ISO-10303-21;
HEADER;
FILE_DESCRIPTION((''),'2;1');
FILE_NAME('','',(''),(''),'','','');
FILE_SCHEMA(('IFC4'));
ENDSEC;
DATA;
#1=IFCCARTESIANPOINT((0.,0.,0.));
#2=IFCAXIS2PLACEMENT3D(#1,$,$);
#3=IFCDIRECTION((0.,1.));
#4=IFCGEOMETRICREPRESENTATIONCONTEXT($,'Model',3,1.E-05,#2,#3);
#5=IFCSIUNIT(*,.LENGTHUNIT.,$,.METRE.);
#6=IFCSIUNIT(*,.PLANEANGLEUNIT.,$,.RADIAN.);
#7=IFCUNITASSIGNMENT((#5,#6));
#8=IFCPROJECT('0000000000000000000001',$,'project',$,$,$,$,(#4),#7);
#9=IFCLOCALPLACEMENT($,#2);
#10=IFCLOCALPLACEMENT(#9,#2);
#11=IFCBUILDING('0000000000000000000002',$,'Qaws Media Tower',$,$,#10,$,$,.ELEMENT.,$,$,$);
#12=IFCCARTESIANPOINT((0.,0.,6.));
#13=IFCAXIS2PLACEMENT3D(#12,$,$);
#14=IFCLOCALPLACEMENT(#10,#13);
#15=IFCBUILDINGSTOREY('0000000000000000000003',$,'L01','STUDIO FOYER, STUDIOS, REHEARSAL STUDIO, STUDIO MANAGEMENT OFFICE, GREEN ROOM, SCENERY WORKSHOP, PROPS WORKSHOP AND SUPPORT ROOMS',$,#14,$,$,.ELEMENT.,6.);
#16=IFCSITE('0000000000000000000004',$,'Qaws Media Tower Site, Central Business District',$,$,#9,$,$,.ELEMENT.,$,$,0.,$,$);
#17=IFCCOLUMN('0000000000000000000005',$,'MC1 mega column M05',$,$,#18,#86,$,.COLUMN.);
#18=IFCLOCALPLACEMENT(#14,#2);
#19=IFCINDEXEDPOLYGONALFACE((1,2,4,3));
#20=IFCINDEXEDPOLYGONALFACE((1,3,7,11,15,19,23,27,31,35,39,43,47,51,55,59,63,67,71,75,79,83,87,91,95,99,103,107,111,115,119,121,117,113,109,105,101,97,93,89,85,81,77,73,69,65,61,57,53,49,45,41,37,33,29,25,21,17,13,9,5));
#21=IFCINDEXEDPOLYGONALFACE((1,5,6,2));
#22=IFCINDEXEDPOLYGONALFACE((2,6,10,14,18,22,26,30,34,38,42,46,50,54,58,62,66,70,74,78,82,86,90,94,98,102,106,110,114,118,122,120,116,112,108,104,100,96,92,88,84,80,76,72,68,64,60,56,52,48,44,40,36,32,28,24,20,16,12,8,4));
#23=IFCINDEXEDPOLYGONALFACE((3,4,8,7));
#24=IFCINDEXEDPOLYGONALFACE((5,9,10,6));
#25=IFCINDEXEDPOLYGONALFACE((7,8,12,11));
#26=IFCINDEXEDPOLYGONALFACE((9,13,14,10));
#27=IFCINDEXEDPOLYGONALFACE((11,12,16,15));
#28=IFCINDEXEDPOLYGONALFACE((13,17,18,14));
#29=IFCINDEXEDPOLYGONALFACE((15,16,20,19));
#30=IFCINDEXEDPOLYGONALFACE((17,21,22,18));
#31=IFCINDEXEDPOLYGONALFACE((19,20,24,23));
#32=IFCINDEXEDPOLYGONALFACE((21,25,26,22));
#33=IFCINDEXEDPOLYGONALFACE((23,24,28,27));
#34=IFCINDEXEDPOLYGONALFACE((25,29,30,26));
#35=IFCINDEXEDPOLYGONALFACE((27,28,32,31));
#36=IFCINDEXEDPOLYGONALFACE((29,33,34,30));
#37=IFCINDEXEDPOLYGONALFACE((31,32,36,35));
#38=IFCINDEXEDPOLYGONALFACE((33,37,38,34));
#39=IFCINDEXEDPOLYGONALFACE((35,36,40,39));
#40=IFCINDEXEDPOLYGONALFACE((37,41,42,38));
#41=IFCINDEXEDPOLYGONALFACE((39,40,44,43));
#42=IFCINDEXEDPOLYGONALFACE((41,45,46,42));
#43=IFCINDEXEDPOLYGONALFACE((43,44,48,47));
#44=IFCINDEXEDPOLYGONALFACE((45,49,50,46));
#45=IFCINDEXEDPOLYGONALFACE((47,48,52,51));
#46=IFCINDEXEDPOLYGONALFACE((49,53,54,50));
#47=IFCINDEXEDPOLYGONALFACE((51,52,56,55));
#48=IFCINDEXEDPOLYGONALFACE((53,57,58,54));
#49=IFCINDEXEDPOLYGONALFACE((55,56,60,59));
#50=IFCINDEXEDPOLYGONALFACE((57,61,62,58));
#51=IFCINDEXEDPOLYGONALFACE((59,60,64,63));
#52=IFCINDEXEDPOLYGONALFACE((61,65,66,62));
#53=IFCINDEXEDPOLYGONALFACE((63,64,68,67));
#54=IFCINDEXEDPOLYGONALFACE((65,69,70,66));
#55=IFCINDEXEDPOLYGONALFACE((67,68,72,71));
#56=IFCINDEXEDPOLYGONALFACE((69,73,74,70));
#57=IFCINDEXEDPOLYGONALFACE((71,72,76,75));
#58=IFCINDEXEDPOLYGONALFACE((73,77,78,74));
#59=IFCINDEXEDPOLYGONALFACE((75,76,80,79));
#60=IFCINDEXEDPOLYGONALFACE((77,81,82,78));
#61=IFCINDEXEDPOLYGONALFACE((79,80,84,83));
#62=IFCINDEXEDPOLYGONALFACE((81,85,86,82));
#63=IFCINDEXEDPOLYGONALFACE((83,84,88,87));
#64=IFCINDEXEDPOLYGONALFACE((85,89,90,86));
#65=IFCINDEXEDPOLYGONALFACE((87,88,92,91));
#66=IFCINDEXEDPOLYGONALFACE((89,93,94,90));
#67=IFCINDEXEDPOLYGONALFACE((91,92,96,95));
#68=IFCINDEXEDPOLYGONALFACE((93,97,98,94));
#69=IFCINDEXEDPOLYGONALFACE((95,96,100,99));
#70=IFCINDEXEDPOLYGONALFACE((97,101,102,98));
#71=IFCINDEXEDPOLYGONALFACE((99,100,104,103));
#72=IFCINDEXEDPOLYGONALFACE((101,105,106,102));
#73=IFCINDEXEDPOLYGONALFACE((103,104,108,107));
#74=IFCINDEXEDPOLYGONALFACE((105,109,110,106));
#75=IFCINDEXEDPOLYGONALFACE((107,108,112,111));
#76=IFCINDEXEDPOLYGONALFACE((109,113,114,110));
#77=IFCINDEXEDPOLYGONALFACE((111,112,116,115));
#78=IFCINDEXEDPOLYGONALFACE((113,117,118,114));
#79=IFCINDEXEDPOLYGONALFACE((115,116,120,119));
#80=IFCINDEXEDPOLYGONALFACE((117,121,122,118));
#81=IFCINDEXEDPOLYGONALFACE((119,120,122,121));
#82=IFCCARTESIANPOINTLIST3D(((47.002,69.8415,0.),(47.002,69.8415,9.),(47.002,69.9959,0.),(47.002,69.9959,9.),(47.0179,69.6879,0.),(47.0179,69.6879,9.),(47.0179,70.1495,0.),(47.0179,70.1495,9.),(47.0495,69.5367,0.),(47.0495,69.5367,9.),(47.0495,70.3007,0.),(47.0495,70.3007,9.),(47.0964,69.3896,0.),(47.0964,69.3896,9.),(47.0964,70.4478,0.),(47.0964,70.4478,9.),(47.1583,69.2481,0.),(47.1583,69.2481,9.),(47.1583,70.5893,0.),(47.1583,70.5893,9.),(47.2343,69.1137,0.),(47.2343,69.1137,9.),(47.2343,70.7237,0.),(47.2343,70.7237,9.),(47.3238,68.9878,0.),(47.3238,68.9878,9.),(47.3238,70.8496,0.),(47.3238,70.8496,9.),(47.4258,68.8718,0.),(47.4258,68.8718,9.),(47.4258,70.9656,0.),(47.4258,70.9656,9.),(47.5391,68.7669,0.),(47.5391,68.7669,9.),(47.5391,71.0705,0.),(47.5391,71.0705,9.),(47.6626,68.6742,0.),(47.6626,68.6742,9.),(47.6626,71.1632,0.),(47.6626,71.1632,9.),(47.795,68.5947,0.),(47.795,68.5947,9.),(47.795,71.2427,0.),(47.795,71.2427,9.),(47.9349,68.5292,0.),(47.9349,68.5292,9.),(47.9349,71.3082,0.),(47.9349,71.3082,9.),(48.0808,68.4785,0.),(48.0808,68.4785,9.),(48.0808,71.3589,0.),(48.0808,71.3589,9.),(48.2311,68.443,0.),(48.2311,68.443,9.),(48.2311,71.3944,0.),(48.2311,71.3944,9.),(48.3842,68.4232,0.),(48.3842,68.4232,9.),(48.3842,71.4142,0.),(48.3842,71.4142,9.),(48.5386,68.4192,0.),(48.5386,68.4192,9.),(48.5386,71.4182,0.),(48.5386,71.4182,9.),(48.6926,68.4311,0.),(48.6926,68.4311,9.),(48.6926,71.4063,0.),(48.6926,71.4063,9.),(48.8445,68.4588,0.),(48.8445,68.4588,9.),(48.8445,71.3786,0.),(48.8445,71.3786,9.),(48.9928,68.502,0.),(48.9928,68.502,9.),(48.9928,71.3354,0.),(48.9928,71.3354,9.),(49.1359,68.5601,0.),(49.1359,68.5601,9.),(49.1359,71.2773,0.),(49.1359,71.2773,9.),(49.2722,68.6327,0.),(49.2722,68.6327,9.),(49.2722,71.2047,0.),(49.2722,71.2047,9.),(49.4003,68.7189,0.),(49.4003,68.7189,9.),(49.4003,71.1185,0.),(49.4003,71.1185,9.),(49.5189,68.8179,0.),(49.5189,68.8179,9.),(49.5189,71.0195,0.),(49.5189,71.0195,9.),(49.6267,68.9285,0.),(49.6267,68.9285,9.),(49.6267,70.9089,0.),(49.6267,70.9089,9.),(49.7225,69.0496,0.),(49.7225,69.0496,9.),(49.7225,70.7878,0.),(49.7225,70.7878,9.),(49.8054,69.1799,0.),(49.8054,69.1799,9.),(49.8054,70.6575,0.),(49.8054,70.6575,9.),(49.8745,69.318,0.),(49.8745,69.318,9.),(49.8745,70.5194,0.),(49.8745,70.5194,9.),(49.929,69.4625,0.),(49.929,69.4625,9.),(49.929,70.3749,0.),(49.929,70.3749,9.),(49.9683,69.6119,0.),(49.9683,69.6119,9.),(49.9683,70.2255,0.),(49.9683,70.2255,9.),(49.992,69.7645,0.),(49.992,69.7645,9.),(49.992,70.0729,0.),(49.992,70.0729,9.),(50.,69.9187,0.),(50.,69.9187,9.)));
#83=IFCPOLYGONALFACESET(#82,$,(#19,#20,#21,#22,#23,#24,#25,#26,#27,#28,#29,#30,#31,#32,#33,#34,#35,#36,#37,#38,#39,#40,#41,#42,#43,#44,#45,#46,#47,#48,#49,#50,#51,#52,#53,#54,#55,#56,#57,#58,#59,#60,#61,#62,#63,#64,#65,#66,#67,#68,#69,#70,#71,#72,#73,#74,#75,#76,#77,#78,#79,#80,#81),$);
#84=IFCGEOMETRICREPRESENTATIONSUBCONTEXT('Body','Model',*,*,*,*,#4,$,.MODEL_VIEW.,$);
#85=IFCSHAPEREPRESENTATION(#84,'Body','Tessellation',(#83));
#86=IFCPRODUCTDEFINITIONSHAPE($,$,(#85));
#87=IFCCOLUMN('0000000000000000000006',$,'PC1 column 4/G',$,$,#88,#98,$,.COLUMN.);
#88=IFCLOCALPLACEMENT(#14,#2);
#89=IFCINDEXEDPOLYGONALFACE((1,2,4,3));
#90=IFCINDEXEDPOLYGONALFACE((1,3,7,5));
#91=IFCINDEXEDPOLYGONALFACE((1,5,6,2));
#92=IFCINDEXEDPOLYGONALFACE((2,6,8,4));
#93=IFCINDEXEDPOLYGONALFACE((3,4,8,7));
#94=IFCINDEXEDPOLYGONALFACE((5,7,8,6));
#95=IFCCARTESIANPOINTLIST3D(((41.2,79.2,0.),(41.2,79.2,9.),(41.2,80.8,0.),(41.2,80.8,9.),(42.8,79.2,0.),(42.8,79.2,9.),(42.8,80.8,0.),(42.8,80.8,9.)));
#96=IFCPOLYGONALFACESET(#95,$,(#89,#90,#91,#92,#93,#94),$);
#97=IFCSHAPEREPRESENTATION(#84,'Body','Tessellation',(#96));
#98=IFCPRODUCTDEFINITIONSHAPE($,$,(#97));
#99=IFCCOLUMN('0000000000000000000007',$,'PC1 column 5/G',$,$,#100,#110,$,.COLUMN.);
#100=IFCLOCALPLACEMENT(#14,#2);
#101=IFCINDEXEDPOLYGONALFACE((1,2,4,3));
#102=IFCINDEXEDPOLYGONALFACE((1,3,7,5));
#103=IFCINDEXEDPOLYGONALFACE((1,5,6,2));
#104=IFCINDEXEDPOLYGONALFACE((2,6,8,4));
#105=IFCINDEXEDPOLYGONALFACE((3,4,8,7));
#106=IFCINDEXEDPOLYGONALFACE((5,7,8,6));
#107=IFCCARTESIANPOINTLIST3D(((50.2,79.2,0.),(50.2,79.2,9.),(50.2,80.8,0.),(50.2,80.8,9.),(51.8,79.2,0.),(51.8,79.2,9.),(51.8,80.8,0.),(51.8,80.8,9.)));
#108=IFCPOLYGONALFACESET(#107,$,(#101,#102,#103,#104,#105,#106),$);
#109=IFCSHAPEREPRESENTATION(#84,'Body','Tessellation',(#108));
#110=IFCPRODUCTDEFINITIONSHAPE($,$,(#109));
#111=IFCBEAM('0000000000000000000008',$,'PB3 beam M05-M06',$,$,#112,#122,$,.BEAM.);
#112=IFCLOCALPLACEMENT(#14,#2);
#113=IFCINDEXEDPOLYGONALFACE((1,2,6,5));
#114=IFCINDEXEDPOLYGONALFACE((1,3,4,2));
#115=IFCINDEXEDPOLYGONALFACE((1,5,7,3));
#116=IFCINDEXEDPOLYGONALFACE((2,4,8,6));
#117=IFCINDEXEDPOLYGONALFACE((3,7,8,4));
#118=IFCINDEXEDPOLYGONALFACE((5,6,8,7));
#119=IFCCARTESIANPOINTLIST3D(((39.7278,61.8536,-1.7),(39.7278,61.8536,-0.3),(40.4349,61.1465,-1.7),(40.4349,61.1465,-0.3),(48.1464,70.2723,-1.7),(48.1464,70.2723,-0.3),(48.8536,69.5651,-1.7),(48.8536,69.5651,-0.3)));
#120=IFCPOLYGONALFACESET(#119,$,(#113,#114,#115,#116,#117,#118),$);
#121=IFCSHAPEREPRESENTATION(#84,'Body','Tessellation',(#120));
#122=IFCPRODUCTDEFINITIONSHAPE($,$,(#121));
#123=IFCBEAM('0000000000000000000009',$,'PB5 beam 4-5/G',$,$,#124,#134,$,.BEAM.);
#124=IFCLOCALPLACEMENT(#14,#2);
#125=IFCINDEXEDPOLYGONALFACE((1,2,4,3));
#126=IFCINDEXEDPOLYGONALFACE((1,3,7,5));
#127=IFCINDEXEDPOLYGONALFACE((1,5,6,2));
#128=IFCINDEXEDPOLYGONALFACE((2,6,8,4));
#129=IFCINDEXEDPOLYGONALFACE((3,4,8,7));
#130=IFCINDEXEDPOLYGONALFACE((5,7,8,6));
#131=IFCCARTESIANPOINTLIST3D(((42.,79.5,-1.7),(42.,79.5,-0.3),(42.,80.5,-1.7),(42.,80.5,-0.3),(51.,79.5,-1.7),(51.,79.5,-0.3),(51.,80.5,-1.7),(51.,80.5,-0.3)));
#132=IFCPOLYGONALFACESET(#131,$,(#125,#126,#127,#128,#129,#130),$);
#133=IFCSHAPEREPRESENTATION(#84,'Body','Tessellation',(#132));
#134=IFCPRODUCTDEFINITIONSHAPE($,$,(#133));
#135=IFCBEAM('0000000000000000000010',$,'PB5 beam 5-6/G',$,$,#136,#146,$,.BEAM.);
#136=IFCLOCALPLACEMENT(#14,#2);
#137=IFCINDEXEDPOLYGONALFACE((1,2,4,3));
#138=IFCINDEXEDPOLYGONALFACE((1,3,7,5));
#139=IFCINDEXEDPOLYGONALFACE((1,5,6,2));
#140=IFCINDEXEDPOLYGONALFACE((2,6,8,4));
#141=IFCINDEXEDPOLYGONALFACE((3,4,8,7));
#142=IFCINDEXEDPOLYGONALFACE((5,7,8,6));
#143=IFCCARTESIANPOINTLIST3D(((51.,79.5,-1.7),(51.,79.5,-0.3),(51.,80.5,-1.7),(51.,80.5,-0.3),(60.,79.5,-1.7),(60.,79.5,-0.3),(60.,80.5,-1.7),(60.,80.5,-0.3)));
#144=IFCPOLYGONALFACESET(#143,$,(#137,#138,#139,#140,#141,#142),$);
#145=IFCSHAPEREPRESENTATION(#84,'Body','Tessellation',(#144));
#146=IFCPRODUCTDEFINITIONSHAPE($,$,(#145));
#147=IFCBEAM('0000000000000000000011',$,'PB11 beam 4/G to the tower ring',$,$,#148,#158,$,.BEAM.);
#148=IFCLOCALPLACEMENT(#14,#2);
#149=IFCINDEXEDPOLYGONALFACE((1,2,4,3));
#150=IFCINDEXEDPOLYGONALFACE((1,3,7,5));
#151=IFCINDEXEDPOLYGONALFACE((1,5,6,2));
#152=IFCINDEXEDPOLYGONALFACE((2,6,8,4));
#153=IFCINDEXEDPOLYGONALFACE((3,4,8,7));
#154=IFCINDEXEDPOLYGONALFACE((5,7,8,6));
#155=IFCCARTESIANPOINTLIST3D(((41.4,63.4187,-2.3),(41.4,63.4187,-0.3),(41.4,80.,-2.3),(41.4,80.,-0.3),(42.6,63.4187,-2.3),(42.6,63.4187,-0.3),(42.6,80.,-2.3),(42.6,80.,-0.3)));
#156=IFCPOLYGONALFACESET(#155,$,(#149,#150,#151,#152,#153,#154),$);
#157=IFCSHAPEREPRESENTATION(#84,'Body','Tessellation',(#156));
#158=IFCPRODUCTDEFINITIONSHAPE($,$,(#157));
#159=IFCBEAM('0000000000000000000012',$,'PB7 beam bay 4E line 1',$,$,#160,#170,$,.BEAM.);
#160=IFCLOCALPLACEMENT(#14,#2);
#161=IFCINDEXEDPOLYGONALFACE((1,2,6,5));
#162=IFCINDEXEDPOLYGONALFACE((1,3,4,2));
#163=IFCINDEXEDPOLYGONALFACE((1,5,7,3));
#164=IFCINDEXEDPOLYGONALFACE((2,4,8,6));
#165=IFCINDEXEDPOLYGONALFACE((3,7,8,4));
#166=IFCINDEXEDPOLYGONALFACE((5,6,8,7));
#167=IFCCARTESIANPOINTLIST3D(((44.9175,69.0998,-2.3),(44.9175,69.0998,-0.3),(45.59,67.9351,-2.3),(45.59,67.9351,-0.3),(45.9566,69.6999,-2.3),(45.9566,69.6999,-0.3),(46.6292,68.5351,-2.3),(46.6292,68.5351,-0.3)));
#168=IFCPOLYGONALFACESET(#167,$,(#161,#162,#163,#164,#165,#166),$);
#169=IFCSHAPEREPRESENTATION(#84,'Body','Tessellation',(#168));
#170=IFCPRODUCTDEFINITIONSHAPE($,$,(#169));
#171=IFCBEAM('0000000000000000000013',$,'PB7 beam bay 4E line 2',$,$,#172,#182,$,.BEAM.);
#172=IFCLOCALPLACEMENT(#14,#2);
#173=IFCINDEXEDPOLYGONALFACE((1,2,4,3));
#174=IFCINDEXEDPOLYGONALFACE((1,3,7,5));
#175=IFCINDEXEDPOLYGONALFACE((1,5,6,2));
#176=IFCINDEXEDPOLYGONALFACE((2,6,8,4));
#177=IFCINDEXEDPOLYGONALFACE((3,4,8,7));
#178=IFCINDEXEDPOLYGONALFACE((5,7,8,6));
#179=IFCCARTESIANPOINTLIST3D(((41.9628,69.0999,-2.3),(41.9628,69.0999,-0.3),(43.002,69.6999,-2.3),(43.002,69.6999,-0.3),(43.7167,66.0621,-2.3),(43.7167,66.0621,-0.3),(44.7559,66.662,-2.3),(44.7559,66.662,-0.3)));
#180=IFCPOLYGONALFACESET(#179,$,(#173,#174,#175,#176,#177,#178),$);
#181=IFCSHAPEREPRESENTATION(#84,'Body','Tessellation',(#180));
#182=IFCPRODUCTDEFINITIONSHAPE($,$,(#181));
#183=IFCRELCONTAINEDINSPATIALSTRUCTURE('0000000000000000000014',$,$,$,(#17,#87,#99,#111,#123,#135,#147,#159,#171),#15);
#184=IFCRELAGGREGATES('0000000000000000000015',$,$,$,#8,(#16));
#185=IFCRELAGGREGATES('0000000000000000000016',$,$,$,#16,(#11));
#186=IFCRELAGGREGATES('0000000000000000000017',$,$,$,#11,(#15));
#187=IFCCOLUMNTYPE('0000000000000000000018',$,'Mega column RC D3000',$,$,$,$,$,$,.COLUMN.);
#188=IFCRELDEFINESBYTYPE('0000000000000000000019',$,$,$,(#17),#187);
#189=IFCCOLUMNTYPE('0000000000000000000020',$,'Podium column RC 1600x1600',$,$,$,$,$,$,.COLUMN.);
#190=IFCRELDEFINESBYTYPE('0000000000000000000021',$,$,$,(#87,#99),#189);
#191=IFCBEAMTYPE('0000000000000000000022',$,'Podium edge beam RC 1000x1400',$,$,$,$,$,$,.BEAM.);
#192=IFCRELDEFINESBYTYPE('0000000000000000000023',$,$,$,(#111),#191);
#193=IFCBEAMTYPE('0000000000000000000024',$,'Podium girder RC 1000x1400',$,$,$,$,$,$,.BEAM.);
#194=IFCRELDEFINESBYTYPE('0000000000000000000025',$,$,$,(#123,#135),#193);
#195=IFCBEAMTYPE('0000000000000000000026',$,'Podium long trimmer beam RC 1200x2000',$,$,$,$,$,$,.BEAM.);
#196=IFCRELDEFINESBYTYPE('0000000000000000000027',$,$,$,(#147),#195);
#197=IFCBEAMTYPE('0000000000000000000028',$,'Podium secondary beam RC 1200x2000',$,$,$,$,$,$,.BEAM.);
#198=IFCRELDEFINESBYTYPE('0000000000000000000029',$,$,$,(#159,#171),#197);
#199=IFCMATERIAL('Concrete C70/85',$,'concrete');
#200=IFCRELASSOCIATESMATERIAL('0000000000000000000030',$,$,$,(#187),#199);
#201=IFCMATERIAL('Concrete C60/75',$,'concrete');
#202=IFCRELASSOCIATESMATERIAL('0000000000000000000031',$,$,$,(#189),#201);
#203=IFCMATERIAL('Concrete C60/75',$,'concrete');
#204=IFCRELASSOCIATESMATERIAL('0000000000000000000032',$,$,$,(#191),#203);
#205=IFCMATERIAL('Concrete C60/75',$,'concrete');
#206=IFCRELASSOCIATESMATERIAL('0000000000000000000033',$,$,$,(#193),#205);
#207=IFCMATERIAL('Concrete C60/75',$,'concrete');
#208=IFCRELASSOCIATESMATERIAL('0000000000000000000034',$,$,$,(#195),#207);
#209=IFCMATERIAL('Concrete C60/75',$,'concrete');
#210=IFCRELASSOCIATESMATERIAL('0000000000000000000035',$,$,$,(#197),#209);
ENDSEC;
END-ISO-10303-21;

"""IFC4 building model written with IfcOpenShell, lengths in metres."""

from ifc_helpers import new_model, si_unit, direction, frame, origin, origin_2d, place, context, subcontext, project, spatial, rectangle, circle, extrude, material, material_profile, profile_set, type_object, element, save


model = new_model("IFC4")

# Units and contexts
model_context = context("Model", 3, precision=1e-05, world=origin(), true_north=direction((0.0, 1.0)))
body_context = subcontext(model_context, "Body", "Model", "MODEL_VIEW")
ifc_project = project(units=[si_unit("LENGTHUNIT", "METRE"), si_unit("PLANEANGLEUNIT", "RADIAN")], contexts=[model_context])

# Site, building, storey
site_placement = place(None, origin())
site = spatial("IfcSite", under=ifc_project, at=site_placement, Name="Qaws Media Tower Site, Central Business District", CompositionType="ELEMENT", RefElevation=0.0)
building_placement = place(site_placement, origin())
building = spatial("IfcBuilding", under=site, at=building_placement, Name="Qaws Media Tower", CompositionType="ELEMENT")
storey_placement = place(building_placement, frame((0.0, 0.0, 6.0)))
storey = spatial("IfcBuildingStorey", under=building, at=storey_placement, Name="L01", Description="STUDIO FOYER, STUDIOS, REHEARSAL STUDIO, STUDIO MANAGEMENT OFFICE, GREEN ROOM, SCENERY WORKSHOP, PROPS WORKSHOP AND SUPPORT ROOMS", CompositionType="ELEMENT", Elevation=6.0)

# Columns
ifc_material_1 = material(Name="Concrete C70/85", Category="concrete")
ifc_material_profile_1 = material_profile(ifc_material_1, circle(Radius=1.5, at=origin_2d()), Name="RC D3000")
ifc_profile_set_1 = profile_set([ifc_material_profile_1], Name="Concrete C70/85")
column_type_1 = type_object("IfcColumnType", Name="Mega column RC D3000", PredefinedType="COLUMN", material=ifc_profile_set_1)
column_placement = place(storey_placement, frame((48.5, 69.9187, 0.0), z_axis=(0.0, 0.0, 1.0), x_axis=(1.0, 0.0, 0.0)))
element("IfcColumn", 1, at=column_placement, inside=storey, type_object=column_type_1, Name="MC1 mega column M05", PredefinedType="COLUMN", context=body_context, shape_type="SweptSolid", body=[
    extrude(circle(Radius=1.5, at=origin_2d()), origin(), (0.0, 0.0, 1.0), 9.0),
])
ifc_material_2 = material(Name="Concrete C60/75", Category="concrete")
ifc_material_profile_2 = material_profile(ifc_material_2, rectangle(XDim=1.6001, YDim=1.6001, at=origin_2d()), Name="RC 1600x1600")
ifc_profile_set_2 = profile_set([ifc_material_profile_2], Name="Concrete C60/75")
column_type_2 = type_object("IfcColumnType", Name="Podium column RC 1600x1600", PredefinedType="COLUMN", material=ifc_profile_set_2)
for number, where, z_axis, x_axis, name in (
    (2, (42.0, 80.0, 0.0), (0.0, 0.0, 1.0), (1.0, 0.0, 0.0), "PC1 column 4/G"),
    (3, (51.0, 80.0, 0.0), (0.0, 0.0, 1.0), (1.0, 0.0, 0.0), "PC1 column 5/G"),
):
    element("IfcColumn", number, at=place(storey_placement, frame(where, z_axis=z_axis, x_axis=x_axis)), inside=storey, type_object=column_type_2, Name=name, PredefinedType="COLUMN", context=body_context, shape_type="SweptSolid", body=[
        extrude(rectangle(XDim=1.6001, YDim=1.6001, at=origin_2d()), origin(), (0.0, 0.0, 1.0), 9.0),
    ])

# Beams
ifc_material_3 = material(Name="Concrete C60/75", Category="concrete")
ifc_material_profile_3 = material_profile(ifc_material_3, rectangle(XDim=1.0, YDim=1.3999, at=origin_2d()), Name="RC 1000x1400")
ifc_profile_set_3 = profile_set([ifc_material_profile_3], Name="Concrete C60/75")
beam_type_1 = type_object("IfcBeamType", Name="Podium edge beam RC 1000x1400", PredefinedType="BEAM", material=ifc_profile_set_3)
beam_1_placement = place(storey_placement, frame((48.5, 69.9187, -1.0), z_axis=(-0.707107, -0.707107, 0.0), x_axis=(0.707107, -0.707107, 0.0)))
element("IfcBeam", 4, at=beam_1_placement, inside=storey, type_object=beam_type_1, Name="PB3 beam M05-M06", PredefinedType="BEAM", context=body_context, shape_type="SweptSolid", body=[
    extrude(rectangle(XDim=1.0, YDim=1.3999, at=origin_2d()), origin(), (0.0, 0.0, 1.0), 11.9058),
])
ifc_material_4 = material(Name="Concrete C60/75", Category="concrete")
ifc_material_profile_4 = material_profile(ifc_material_4, rectangle(XDim=1.0, YDim=1.3999, at=origin_2d()), Name="RC 1000x1400")
ifc_profile_set_4 = profile_set([ifc_material_profile_4], Name="Concrete C60/75")
beam_type_2 = type_object("IfcBeamType", Name="Podium girder RC 1000x1400", PredefinedType="BEAM", material=ifc_profile_set_4)
for number, where, z_axis, x_axis, name in (
    (5, (42.0, 80.0, -1.0), (1.0, 0.0, 0.0), (0.0, 1.0, 0.0), "PB5 beam 4-5/G"),
    (6, (51.0, 80.0, -1.0), (1.0, 0.0, 0.0), (0.0, 1.0, 0.0), "PB5 beam 5-6/G"),
):
    element("IfcBeam", number, at=place(storey_placement, frame(where, z_axis=z_axis, x_axis=x_axis)), inside=storey, type_object=beam_type_2, Name=name, PredefinedType="BEAM", context=body_context, shape_type="SweptSolid", body=[
        extrude(rectangle(XDim=1.0, YDim=1.3999, at=origin_2d()), origin(), (0.0, 0.0, 1.0), 9.0),
    ])
ifc_material_5 = material(Name="Concrete C60/75", Category="concrete")
ifc_material_profile_5 = material_profile(ifc_material_5, rectangle(XDim=1.2, YDim=2.0, at=origin_2d()), Name="RC 1200x2000")
ifc_profile_set_5 = profile_set([ifc_material_profile_5], Name="Concrete C60/75")
beam_type_3 = type_object("IfcBeamType", Name="Podium long trimmer beam RC 1200x2000", PredefinedType="BEAM", material=ifc_profile_set_5)
beam_2_placement = place(storey_placement, frame((42.0, 80.0, -1.3), z_axis=(0.0, -1.0, 0.0), x_axis=(1.0, 0.0, 0.0)))
element("IfcBeam", 7, at=beam_2_placement, inside=storey, type_object=beam_type_3, Name="PB11 beam 4/G to the tower ring", PredefinedType="BEAM", context=body_context, shape_type="SweptSolid", body=[
    extrude(rectangle(XDim=1.2, YDim=2.0, at=origin_2d()), origin(), (0.0, 0.0, 1.0), 16.5813),
])
ifc_material_6 = material(Name="Concrete C60/75", Category="concrete")
ifc_material_profile_6 = material_profile(ifc_material_6, rectangle(XDim=1.2, YDim=2.0, at=origin_2d()), Name="RC 1200x2000")
ifc_profile_set_6 = profile_set([ifc_material_profile_6], Name="Concrete C60/75")
beam_type_4 = type_object("IfcBeamType", Name="Podium secondary beam RC 1200x2000", PredefinedType="BEAM", material=ifc_profile_set_6)
beam_3_placement = place(storey_placement, frame((46.1096, 68.2351, -1.3), z_axis=(-0.500063, 0.865989, 0.0), x_axis=(-0.865989, -0.500063, 0.0)))
element("IfcBeam", 8, at=beam_3_placement, inside=storey, type_object=beam_type_4, Name="PB7 beam bay 4E line 1", PredefinedType="BEAM", context=body_context, shape_type="SweptSolid", body=[
    extrude(rectangle(XDim=1.2, YDim=2.0, at=origin_2d()), origin(), (0.0, 0.0, 1.0), 1.345),
])
beam_4_placement = place(storey_placement, frame((44.2363, 66.3621, -1.3), z_axis=(-0.500002, 0.866024, 0.0), x_axis=(-0.866024, -0.500002, 0.0)))
element("IfcBeam", 9, at=beam_4_placement, inside=storey, type_object=beam_type_4, Name="PB7 beam bay 4E line 2", PredefinedType="BEAM", context=body_context, shape_type="SweptSolid", body=[
    extrude(rectangle(XDim=1.2, YDim=2.0, at=origin_2d()), origin(), (0.0, 0.0, 1.0), 3.5078),
])

save(model, "model.ifc")
